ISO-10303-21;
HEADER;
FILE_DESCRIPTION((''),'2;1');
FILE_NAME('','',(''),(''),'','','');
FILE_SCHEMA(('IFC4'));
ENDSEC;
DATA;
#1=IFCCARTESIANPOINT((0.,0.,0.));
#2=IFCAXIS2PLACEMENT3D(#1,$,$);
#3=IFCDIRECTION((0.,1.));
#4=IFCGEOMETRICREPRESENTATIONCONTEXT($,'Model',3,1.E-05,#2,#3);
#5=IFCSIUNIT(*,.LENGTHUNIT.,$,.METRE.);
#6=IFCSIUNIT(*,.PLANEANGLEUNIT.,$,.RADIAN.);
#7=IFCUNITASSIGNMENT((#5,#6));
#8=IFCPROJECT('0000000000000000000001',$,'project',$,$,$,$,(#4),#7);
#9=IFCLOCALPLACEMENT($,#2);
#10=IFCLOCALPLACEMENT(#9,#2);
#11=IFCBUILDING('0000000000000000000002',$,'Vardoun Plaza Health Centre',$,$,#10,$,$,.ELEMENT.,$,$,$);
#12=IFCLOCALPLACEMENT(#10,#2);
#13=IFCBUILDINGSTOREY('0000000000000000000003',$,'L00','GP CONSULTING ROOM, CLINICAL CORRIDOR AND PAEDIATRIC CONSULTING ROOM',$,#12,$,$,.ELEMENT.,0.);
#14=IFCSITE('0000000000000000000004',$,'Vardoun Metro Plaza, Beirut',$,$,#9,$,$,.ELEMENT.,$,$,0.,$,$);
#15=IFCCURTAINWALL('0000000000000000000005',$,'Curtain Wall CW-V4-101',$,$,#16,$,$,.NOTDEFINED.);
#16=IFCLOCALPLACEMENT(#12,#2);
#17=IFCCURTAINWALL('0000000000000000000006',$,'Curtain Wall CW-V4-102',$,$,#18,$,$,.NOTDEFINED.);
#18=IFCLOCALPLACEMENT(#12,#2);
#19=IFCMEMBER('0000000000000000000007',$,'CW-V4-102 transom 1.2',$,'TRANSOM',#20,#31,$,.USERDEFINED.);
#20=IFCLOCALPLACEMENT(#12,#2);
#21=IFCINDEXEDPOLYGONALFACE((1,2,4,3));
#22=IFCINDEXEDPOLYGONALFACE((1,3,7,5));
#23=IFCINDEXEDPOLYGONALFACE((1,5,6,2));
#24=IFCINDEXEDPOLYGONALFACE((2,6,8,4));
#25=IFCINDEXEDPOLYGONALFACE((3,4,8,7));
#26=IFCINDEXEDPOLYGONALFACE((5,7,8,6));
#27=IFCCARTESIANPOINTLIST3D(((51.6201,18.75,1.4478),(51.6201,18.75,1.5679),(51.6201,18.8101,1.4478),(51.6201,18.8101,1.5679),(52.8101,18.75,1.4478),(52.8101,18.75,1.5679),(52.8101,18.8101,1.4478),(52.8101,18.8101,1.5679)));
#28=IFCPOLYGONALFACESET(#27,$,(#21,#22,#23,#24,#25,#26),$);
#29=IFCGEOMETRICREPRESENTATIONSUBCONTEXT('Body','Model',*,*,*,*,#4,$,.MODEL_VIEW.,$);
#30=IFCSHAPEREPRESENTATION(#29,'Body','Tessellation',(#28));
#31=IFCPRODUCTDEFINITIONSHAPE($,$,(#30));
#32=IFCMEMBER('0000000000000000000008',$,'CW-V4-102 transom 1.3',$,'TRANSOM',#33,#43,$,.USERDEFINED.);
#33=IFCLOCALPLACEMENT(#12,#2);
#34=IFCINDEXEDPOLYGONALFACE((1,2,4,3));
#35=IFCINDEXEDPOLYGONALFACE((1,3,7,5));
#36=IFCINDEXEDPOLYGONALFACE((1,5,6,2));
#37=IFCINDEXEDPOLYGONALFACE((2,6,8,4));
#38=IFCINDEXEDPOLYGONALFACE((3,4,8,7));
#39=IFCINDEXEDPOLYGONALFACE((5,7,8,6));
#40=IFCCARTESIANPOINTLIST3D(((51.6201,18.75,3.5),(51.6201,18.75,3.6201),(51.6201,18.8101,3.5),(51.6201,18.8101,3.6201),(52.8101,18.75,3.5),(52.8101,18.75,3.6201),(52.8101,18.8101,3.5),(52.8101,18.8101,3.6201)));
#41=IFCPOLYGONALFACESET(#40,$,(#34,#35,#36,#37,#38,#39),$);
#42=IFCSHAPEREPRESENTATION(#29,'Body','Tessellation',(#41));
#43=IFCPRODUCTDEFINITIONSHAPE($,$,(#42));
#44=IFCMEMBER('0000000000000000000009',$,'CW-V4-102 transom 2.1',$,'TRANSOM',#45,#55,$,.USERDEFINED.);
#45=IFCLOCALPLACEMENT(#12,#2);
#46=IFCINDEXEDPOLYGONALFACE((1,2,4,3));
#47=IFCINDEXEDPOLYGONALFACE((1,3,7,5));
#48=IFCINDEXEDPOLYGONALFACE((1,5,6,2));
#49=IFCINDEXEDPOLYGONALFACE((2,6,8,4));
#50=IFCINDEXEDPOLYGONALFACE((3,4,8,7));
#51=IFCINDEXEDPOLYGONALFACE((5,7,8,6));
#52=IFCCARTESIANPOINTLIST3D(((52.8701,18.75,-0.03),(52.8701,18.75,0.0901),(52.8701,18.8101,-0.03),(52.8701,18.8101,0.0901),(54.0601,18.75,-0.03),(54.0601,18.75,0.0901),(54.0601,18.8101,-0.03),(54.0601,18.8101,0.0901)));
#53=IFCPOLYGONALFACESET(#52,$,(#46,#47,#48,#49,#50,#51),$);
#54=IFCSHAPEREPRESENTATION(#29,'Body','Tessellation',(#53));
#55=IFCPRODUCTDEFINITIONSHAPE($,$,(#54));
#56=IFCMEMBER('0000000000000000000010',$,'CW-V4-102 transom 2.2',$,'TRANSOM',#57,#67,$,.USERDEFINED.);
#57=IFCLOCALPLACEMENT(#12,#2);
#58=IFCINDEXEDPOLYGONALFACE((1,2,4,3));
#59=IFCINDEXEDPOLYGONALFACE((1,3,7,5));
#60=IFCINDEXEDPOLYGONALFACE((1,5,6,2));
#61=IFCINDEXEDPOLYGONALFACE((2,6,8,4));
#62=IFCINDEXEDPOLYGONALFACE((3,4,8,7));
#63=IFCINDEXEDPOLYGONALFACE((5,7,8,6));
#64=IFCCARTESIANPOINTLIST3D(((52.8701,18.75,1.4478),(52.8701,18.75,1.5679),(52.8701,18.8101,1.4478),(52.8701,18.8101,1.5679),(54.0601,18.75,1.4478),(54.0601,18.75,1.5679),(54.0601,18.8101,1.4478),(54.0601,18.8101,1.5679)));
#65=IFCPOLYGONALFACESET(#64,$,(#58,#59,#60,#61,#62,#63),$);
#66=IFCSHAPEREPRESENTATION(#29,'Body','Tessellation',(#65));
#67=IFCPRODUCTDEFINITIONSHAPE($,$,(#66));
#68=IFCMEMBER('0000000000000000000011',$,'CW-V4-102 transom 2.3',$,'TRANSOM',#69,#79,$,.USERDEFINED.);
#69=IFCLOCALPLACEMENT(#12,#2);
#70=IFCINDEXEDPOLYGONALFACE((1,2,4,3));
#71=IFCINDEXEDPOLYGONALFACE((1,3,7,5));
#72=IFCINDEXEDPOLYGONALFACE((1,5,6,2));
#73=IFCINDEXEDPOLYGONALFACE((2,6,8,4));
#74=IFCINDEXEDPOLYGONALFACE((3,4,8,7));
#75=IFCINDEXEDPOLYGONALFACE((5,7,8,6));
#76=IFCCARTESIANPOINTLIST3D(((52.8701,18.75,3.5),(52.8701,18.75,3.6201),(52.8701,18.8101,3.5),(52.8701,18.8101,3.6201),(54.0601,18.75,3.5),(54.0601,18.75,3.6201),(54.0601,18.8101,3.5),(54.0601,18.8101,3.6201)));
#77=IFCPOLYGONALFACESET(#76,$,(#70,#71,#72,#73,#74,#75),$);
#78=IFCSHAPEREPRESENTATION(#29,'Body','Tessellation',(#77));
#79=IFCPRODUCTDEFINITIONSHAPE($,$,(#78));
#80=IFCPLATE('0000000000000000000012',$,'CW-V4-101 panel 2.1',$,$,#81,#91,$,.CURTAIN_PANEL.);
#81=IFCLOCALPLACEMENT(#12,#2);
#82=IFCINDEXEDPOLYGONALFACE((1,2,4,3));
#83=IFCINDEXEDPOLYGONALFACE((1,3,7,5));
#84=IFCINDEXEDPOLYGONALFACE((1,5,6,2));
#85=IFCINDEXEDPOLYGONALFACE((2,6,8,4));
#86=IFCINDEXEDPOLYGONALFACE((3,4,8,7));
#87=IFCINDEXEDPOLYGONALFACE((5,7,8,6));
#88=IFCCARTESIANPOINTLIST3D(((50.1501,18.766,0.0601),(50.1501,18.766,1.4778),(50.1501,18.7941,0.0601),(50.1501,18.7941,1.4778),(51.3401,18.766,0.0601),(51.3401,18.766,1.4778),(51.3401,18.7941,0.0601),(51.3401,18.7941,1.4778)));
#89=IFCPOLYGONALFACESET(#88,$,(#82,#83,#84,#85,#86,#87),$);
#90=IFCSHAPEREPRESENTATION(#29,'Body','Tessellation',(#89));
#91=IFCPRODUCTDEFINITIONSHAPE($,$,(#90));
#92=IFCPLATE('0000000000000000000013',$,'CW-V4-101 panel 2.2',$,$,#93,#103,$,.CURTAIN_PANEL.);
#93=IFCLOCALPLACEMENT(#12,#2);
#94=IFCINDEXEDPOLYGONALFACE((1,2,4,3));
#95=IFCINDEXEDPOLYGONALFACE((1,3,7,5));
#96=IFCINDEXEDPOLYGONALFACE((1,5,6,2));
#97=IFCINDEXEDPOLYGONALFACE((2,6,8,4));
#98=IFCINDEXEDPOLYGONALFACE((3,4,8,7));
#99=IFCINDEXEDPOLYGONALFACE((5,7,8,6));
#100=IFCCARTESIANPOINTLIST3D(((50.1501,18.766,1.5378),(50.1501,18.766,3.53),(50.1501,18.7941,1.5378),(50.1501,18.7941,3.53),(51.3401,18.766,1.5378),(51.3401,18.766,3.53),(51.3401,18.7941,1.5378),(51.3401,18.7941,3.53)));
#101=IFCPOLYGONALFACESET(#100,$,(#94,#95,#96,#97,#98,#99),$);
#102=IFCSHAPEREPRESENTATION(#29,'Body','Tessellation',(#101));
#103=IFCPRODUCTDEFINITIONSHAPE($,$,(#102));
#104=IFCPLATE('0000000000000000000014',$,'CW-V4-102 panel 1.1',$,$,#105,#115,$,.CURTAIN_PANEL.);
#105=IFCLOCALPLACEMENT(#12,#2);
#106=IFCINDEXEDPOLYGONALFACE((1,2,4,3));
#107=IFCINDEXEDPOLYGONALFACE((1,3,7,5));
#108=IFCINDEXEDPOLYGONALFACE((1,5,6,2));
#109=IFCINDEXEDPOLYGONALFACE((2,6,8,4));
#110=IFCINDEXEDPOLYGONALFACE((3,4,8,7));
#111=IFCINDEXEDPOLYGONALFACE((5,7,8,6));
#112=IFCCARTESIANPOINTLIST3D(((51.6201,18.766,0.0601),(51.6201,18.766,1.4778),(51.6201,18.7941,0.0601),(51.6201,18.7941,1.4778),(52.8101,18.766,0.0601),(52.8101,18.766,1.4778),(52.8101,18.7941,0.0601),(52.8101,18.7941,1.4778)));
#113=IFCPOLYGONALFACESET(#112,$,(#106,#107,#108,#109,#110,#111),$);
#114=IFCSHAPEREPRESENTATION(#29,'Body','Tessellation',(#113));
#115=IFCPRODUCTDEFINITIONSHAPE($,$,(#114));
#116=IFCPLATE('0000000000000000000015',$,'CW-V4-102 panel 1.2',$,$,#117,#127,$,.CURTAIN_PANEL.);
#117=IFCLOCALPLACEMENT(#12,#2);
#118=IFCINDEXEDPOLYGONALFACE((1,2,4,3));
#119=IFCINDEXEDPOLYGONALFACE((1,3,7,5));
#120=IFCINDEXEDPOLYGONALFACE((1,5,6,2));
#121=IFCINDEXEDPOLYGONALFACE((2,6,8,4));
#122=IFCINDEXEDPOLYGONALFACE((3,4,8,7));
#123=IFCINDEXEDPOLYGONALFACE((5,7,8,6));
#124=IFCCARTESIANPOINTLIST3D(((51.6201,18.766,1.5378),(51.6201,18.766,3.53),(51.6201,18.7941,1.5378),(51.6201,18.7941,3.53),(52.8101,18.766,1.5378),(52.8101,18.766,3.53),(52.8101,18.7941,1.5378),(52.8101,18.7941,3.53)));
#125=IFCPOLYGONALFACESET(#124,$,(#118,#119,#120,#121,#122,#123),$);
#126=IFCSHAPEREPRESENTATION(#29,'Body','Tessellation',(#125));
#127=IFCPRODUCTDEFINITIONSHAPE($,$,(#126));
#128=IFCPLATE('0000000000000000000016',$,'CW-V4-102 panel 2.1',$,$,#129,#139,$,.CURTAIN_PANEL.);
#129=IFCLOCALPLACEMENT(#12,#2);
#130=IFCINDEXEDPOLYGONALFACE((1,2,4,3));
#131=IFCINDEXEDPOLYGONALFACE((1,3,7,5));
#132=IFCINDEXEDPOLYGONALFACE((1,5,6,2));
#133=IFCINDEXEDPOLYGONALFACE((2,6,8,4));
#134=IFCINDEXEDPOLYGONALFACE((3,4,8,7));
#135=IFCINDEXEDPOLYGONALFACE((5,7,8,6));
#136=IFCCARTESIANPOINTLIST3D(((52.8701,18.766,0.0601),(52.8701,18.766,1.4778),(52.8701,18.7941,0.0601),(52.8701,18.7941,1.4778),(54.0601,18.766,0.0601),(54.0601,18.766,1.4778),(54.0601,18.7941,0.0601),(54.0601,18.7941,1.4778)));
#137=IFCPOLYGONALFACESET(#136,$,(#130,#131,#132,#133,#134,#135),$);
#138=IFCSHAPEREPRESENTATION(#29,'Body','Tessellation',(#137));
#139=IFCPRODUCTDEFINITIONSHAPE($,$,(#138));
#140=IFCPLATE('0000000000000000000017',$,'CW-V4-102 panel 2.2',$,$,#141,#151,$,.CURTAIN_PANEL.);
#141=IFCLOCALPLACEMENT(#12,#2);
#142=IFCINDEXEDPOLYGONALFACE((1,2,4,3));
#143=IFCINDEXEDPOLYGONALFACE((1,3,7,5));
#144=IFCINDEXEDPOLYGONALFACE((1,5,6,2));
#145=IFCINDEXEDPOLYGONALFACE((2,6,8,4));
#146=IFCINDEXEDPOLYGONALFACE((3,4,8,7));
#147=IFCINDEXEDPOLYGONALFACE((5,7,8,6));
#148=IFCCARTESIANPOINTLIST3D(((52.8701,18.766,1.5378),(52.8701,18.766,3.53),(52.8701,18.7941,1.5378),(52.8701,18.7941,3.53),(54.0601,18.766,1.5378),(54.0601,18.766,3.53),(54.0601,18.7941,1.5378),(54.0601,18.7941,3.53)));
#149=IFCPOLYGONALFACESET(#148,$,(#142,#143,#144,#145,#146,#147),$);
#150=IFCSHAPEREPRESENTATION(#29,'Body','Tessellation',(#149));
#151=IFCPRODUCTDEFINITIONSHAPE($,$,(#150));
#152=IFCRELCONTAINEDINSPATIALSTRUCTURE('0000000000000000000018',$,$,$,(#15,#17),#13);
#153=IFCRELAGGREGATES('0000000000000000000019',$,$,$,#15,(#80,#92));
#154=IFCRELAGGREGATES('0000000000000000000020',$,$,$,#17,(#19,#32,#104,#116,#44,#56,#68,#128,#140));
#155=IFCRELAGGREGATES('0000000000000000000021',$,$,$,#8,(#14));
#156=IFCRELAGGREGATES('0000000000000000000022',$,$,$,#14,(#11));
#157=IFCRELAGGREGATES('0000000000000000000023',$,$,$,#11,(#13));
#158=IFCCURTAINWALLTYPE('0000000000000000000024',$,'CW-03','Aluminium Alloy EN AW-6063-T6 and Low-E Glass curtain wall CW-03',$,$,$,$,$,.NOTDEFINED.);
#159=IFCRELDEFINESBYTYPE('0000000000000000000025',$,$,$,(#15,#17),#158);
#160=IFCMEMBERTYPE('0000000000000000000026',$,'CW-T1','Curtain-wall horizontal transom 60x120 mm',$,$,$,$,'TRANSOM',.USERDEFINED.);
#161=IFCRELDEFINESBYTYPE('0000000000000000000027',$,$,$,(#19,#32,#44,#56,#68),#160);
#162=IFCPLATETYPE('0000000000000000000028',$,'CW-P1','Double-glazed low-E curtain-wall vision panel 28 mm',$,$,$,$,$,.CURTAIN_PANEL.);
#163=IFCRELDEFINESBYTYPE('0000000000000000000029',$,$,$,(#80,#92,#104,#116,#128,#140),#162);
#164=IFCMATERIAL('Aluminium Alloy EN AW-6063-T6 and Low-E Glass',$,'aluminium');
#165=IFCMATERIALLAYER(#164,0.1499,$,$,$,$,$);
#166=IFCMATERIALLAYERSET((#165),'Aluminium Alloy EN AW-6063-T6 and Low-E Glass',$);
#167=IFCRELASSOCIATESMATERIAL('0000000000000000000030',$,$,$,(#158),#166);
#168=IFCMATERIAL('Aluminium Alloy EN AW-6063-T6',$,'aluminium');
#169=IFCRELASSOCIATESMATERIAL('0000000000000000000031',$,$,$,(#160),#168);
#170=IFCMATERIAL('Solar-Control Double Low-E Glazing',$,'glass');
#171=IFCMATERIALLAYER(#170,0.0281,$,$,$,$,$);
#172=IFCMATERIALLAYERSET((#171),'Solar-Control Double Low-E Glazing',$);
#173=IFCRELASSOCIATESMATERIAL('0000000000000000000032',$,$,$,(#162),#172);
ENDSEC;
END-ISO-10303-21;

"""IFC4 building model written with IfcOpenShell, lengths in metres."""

from ifc_helpers import new_model, si_unit, direction, frame, origin, origin_2d, place, context, subcontext, project, spatial, rectangle, extrude, material, layer, layer_set, material_profile, profile_set, type_object, element, aggregate, save


model = new_model("IFC4")

# Units and contexts
model_context = context("Model", 3, precision=1e-05, world=origin(), true_north=direction((0.0, 1.0)))
body_context = subcontext(model_context, "Body", "Model", "MODEL_VIEW")
ifc_project = project(units=[si_unit("LENGTHUNIT", "METRE"), si_unit("PLANEANGLEUNIT", "RADIAN")], contexts=[model_context])

# Site, building, storey
site_placement = place(None, origin())
site = spatial("IfcSite", under=ifc_project, at=site_placement, Name="Vardoun Metro Plaza, Beirut", CompositionType="ELEMENT", RefElevation=0.0)
building_placement = place(site_placement, origin())
building = spatial("IfcBuilding", under=site, at=building_placement, Name="Vardoun Plaza Health Centre", CompositionType="ELEMENT")
storey_placement = place(building_placement, origin())
storey = spatial("IfcBuildingStorey", under=building, at=storey_placement, Name="L00", Description="GP CONSULTING ROOM, CLINICAL CORRIDOR AND PAEDIATRIC CONSULTING ROOM", CompositionType="ELEMENT", Elevation=0.0)

# Curtain wall
ifc_material_1 = material(Name="Aluminium Alloy EN AW-6063-T6 and Low-E Glass", Category="aluminium")
ifc_layer_1 = layer(ifc_material_1, 0.1499)
ifc_layer_set_1 = layer_set([ifc_layer_1], Name="Aluminium Alloy EN AW-6063-T6 and Low-E Glass")
curtain_wall_type = type_object("IfcCurtainWallType", Name="CW-03", Description="Aluminium Alloy EN AW-6063-T6 and Low-E Glass curtain wall CW-03", PredefinedType="NOTDEFINED", material=ifc_layer_set_1)
curtain_wall_1_placement = place(storey_placement, origin())
curtain_wall_1 = element("IfcCurtainWall", 1, at=curtain_wall_1_placement, inside=storey, type_object=curtain_wall_type, Name="Curtain Wall CW-V4-101", PredefinedType="NOTDEFINED")

# Curtain wall
curtain_wall_2_placement = place(storey_placement, origin())
curtain_wall_2 = element("IfcCurtainWall", 2, at=curtain_wall_2_placement, inside=storey, type_object=curtain_wall_type, Name="Curtain Wall CW-V4-102", PredefinedType="NOTDEFINED")

# Members
ifc_material_2 = material(Name="Aluminium Alloy EN AW-6063-T6", Category="aluminium")
ifc_material_profile_1 = material_profile(ifc_material_2, rectangle(XDim=0.0601, YDim=0.1201, at=origin_2d()), Name="CWT 60x120")
ifc_profile_set_1 = profile_set([ifc_material_profile_1], Name="Aluminium Alloy EN AW-6063-T6")
member_type_1 = type_object("IfcMemberType", Name="CW-T1", Description="Curtain-wall horizontal transom 60x120 mm", ElementType="TRANSOM", PredefinedType="USERDEFINED", material=ifc_profile_set_1)
member_1_placement = place(storey_placement, frame((51.6201, 18.78, 1.5078), z_axis=(1.0, 0.0, 0.0), x_axis=(0.0, 1.0, 0.0)))
member_1 = element("IfcMember", 3, at=member_1_placement, type_object=member_type_1, Name="CW-V4-102 transom 1.2", ObjectType="TRANSOM", PredefinedType="USERDEFINED", context=body_context, shape_type="SweptSolid", body=[
    extrude(rectangle(XDim=0.0601, YDim=0.1201, at=origin_2d()), origin(), (0.0, 0.0, 1.0), 1.1899),
])
member_2_placement = place(storey_placement, frame((51.6201, 18.78, 3.5601), z_axis=(1.0, 0.0, 0.0), x_axis=(0.0, 1.0, 0.0)))
member_2 = element("IfcMember", 4, at=member_2_placement, type_object=member_type_1, Name="CW-V4-102 transom 1.3", ObjectType="TRANSOM", PredefinedType="USERDEFINED", context=body_context, shape_type="SweptSolid", body=[
    extrude(rectangle(XDim=0.0601, YDim=0.1201, at=origin_2d()), origin(), (0.0, 0.0, 1.0), 1.1899),
])
member_3_placement = place(storey_placement, frame((52.8701, 18.78, 0.03), z_axis=(1.0, 0.0, 0.0), x_axis=(0.0, 1.0, 0.0)))
member_3 = element("IfcMember", 5, at=member_3_placement, type_object=member_type_1, Name="CW-V4-102 transom 2.1", ObjectType="TRANSOM", PredefinedType="USERDEFINED", context=body_context, shape_type="SweptSolid", body=[
    extrude(rectangle(XDim=0.0601, YDim=0.1201, at=origin_2d()), origin(), (0.0, 0.0, 1.0), 1.1899),
])
member_4_placement = place(storey_placement, frame((52.8701, 18.78, 1.5078), z_axis=(1.0, 0.0, 0.0), x_axis=(0.0, 1.0, 0.0)))
member_4 = element("IfcMember", 6, at=member_4_placement, type_object=member_type_1, Name="CW-V4-102 transom 2.2", ObjectType="TRANSOM", PredefinedType="USERDEFINED", context=body_context, shape_type="SweptSolid", body=[
    extrude(rectangle(XDim=0.0601, YDim=0.1201, at=origin_2d()), origin(), (0.0, 0.0, 1.0), 1.1899),
])
member_5_placement = place(storey_placement, frame((52.8701, 18.78, 3.5601), z_axis=(1.0, 0.0, 0.0), x_axis=(0.0, 1.0, 0.0)))
member_5 = element("IfcMember", 7, at=member_5_placement, type_object=member_type_1, Name="CW-V4-102 transom 2.3", ObjectType="TRANSOM", PredefinedType="USERDEFINED", context=body_context, shape_type="SweptSolid", body=[
    extrude(rectangle(XDim=0.0601, YDim=0.1201, at=origin_2d()), origin(), (0.0, 0.0, 1.0), 1.1899),
])

# Plates
ifc_material_3 = material(Name="Solar-Control Double Low-E Glazing", Category="glass")
ifc_layer_2 = layer(ifc_material_3, 0.0281)
ifc_layer_set_2 = layer_set([ifc_layer_2], Name="Solar-Control Double Low-E Glazing")
plate_type = type_object("IfcPlateType", Name="CW-P1", Description="Double-glazed low-E curtain-wall vision panel 28 mm", PredefinedType="CURTAIN_PANEL", material=ifc_layer_set_2)
plate_1_placement = place(storey_placement, frame((50.7451, 18.78, 0.0601), z_axis=(0.0, 0.0, 1.0), x_axis=(1.0, 0.0, 0.0)))
plate_1 = element("IfcPlate", 8, at=plate_1_placement, type_object=plate_type, Name="CW-V4-101 panel 2.1", PredefinedType="CURTAIN_PANEL", context=body_context, shape_type="SweptSolid", body=[
    extrude(rectangle(XDim=1.1899, YDim=0.0281, at=origin_2d()), origin(), (0.0, 0.0, 1.0), 1.4177),
])
plate_2_placement = place(storey_placement, frame((50.7451, 18.78, 1.5378), z_axis=(0.0, 0.0, 1.0), x_axis=(1.0, 0.0, 0.0)))
plate_2 = element("IfcPlate", 9, at=plate_2_placement, type_object=plate_type, Name="CW-V4-101 panel 2.2", PredefinedType="CURTAIN_PANEL", context=body_context, shape_type="SweptSolid", body=[
    extrude(rectangle(XDim=1.1899, YDim=0.0281, at=origin_2d()), origin(), (0.0, 0.0, 1.0), 1.9922),
])
aggregate(curtain_wall_1, [plate_1, plate_2])
plate_3_placement = place(storey_placement, frame((52.2151, 18.78, 0.0601), z_axis=(0.0, 0.0, 1.0), x_axis=(1.0, 0.0, 0.0)))
plate_3 = element("IfcPlate", 10, at=plate_3_placement, type_object=plate_type, Name="CW-V4-102 panel 1.1", PredefinedType="CURTAIN_PANEL", context=body_context, shape_type="SweptSolid", body=[
    extrude(rectangle(XDim=1.1899, YDim=0.0281, at=origin_2d()), origin(), (0.0, 0.0, 1.0), 1.4177),
])
plate_4_placement = place(storey_placement, frame((52.2151, 18.78, 1.5378), z_axis=(0.0, 0.0, 1.0), x_axis=(1.0, 0.0, 0.0)))
plate_4 = element("IfcPlate", 11, at=plate_4_placement, type_object=plate_type, Name="CW-V4-102 panel 1.2", PredefinedType="CURTAIN_PANEL", context=body_context, shape_type="SweptSolid", body=[
    extrude(rectangle(XDim=1.1899, YDim=0.0281, at=origin_2d()), origin(), (0.0, 0.0, 1.0), 1.9922),
])
plate_5_placement = place(storey_placement, frame((53.4651, 18.78, 0.0601), z_axis=(0.0, 0.0, 1.0), x_axis=(1.0, 0.0, 0.0)))
plate_5 = element("IfcPlate", 12, at=plate_5_placement, type_object=plate_type, Name="CW-V4-102 panel 2.1", PredefinedType="CURTAIN_PANEL", context=body_context, shape_type="SweptSolid", body=[
    extrude(rectangle(XDim=1.1899, YDim=0.0281, at=origin_2d()), origin(), (0.0, 0.0, 1.0), 1.4177),
])
plate_6_placement = place(storey_placement, frame((53.4651, 18.78, 1.5378), z_axis=(0.0, 0.0, 1.0), x_axis=(1.0, 0.0, 0.0)))
plate_6 = element("IfcPlate", 13, at=plate_6_placement, type_object=plate_type, Name="CW-V4-102 panel 2.2", PredefinedType="CURTAIN_PANEL", context=body_context, shape_type="SweptSolid", body=[
    extrude(rectangle(XDim=1.1899, YDim=0.0281, at=origin_2d()), origin(), (0.0, 0.0, 1.0), 1.9922),
])
aggregate(curtain_wall_2, [member_1, member_2, plate_3, plate_4, member_3, member_4, member_5, plate_5, plate_6])

save(model, "model.ifc")
